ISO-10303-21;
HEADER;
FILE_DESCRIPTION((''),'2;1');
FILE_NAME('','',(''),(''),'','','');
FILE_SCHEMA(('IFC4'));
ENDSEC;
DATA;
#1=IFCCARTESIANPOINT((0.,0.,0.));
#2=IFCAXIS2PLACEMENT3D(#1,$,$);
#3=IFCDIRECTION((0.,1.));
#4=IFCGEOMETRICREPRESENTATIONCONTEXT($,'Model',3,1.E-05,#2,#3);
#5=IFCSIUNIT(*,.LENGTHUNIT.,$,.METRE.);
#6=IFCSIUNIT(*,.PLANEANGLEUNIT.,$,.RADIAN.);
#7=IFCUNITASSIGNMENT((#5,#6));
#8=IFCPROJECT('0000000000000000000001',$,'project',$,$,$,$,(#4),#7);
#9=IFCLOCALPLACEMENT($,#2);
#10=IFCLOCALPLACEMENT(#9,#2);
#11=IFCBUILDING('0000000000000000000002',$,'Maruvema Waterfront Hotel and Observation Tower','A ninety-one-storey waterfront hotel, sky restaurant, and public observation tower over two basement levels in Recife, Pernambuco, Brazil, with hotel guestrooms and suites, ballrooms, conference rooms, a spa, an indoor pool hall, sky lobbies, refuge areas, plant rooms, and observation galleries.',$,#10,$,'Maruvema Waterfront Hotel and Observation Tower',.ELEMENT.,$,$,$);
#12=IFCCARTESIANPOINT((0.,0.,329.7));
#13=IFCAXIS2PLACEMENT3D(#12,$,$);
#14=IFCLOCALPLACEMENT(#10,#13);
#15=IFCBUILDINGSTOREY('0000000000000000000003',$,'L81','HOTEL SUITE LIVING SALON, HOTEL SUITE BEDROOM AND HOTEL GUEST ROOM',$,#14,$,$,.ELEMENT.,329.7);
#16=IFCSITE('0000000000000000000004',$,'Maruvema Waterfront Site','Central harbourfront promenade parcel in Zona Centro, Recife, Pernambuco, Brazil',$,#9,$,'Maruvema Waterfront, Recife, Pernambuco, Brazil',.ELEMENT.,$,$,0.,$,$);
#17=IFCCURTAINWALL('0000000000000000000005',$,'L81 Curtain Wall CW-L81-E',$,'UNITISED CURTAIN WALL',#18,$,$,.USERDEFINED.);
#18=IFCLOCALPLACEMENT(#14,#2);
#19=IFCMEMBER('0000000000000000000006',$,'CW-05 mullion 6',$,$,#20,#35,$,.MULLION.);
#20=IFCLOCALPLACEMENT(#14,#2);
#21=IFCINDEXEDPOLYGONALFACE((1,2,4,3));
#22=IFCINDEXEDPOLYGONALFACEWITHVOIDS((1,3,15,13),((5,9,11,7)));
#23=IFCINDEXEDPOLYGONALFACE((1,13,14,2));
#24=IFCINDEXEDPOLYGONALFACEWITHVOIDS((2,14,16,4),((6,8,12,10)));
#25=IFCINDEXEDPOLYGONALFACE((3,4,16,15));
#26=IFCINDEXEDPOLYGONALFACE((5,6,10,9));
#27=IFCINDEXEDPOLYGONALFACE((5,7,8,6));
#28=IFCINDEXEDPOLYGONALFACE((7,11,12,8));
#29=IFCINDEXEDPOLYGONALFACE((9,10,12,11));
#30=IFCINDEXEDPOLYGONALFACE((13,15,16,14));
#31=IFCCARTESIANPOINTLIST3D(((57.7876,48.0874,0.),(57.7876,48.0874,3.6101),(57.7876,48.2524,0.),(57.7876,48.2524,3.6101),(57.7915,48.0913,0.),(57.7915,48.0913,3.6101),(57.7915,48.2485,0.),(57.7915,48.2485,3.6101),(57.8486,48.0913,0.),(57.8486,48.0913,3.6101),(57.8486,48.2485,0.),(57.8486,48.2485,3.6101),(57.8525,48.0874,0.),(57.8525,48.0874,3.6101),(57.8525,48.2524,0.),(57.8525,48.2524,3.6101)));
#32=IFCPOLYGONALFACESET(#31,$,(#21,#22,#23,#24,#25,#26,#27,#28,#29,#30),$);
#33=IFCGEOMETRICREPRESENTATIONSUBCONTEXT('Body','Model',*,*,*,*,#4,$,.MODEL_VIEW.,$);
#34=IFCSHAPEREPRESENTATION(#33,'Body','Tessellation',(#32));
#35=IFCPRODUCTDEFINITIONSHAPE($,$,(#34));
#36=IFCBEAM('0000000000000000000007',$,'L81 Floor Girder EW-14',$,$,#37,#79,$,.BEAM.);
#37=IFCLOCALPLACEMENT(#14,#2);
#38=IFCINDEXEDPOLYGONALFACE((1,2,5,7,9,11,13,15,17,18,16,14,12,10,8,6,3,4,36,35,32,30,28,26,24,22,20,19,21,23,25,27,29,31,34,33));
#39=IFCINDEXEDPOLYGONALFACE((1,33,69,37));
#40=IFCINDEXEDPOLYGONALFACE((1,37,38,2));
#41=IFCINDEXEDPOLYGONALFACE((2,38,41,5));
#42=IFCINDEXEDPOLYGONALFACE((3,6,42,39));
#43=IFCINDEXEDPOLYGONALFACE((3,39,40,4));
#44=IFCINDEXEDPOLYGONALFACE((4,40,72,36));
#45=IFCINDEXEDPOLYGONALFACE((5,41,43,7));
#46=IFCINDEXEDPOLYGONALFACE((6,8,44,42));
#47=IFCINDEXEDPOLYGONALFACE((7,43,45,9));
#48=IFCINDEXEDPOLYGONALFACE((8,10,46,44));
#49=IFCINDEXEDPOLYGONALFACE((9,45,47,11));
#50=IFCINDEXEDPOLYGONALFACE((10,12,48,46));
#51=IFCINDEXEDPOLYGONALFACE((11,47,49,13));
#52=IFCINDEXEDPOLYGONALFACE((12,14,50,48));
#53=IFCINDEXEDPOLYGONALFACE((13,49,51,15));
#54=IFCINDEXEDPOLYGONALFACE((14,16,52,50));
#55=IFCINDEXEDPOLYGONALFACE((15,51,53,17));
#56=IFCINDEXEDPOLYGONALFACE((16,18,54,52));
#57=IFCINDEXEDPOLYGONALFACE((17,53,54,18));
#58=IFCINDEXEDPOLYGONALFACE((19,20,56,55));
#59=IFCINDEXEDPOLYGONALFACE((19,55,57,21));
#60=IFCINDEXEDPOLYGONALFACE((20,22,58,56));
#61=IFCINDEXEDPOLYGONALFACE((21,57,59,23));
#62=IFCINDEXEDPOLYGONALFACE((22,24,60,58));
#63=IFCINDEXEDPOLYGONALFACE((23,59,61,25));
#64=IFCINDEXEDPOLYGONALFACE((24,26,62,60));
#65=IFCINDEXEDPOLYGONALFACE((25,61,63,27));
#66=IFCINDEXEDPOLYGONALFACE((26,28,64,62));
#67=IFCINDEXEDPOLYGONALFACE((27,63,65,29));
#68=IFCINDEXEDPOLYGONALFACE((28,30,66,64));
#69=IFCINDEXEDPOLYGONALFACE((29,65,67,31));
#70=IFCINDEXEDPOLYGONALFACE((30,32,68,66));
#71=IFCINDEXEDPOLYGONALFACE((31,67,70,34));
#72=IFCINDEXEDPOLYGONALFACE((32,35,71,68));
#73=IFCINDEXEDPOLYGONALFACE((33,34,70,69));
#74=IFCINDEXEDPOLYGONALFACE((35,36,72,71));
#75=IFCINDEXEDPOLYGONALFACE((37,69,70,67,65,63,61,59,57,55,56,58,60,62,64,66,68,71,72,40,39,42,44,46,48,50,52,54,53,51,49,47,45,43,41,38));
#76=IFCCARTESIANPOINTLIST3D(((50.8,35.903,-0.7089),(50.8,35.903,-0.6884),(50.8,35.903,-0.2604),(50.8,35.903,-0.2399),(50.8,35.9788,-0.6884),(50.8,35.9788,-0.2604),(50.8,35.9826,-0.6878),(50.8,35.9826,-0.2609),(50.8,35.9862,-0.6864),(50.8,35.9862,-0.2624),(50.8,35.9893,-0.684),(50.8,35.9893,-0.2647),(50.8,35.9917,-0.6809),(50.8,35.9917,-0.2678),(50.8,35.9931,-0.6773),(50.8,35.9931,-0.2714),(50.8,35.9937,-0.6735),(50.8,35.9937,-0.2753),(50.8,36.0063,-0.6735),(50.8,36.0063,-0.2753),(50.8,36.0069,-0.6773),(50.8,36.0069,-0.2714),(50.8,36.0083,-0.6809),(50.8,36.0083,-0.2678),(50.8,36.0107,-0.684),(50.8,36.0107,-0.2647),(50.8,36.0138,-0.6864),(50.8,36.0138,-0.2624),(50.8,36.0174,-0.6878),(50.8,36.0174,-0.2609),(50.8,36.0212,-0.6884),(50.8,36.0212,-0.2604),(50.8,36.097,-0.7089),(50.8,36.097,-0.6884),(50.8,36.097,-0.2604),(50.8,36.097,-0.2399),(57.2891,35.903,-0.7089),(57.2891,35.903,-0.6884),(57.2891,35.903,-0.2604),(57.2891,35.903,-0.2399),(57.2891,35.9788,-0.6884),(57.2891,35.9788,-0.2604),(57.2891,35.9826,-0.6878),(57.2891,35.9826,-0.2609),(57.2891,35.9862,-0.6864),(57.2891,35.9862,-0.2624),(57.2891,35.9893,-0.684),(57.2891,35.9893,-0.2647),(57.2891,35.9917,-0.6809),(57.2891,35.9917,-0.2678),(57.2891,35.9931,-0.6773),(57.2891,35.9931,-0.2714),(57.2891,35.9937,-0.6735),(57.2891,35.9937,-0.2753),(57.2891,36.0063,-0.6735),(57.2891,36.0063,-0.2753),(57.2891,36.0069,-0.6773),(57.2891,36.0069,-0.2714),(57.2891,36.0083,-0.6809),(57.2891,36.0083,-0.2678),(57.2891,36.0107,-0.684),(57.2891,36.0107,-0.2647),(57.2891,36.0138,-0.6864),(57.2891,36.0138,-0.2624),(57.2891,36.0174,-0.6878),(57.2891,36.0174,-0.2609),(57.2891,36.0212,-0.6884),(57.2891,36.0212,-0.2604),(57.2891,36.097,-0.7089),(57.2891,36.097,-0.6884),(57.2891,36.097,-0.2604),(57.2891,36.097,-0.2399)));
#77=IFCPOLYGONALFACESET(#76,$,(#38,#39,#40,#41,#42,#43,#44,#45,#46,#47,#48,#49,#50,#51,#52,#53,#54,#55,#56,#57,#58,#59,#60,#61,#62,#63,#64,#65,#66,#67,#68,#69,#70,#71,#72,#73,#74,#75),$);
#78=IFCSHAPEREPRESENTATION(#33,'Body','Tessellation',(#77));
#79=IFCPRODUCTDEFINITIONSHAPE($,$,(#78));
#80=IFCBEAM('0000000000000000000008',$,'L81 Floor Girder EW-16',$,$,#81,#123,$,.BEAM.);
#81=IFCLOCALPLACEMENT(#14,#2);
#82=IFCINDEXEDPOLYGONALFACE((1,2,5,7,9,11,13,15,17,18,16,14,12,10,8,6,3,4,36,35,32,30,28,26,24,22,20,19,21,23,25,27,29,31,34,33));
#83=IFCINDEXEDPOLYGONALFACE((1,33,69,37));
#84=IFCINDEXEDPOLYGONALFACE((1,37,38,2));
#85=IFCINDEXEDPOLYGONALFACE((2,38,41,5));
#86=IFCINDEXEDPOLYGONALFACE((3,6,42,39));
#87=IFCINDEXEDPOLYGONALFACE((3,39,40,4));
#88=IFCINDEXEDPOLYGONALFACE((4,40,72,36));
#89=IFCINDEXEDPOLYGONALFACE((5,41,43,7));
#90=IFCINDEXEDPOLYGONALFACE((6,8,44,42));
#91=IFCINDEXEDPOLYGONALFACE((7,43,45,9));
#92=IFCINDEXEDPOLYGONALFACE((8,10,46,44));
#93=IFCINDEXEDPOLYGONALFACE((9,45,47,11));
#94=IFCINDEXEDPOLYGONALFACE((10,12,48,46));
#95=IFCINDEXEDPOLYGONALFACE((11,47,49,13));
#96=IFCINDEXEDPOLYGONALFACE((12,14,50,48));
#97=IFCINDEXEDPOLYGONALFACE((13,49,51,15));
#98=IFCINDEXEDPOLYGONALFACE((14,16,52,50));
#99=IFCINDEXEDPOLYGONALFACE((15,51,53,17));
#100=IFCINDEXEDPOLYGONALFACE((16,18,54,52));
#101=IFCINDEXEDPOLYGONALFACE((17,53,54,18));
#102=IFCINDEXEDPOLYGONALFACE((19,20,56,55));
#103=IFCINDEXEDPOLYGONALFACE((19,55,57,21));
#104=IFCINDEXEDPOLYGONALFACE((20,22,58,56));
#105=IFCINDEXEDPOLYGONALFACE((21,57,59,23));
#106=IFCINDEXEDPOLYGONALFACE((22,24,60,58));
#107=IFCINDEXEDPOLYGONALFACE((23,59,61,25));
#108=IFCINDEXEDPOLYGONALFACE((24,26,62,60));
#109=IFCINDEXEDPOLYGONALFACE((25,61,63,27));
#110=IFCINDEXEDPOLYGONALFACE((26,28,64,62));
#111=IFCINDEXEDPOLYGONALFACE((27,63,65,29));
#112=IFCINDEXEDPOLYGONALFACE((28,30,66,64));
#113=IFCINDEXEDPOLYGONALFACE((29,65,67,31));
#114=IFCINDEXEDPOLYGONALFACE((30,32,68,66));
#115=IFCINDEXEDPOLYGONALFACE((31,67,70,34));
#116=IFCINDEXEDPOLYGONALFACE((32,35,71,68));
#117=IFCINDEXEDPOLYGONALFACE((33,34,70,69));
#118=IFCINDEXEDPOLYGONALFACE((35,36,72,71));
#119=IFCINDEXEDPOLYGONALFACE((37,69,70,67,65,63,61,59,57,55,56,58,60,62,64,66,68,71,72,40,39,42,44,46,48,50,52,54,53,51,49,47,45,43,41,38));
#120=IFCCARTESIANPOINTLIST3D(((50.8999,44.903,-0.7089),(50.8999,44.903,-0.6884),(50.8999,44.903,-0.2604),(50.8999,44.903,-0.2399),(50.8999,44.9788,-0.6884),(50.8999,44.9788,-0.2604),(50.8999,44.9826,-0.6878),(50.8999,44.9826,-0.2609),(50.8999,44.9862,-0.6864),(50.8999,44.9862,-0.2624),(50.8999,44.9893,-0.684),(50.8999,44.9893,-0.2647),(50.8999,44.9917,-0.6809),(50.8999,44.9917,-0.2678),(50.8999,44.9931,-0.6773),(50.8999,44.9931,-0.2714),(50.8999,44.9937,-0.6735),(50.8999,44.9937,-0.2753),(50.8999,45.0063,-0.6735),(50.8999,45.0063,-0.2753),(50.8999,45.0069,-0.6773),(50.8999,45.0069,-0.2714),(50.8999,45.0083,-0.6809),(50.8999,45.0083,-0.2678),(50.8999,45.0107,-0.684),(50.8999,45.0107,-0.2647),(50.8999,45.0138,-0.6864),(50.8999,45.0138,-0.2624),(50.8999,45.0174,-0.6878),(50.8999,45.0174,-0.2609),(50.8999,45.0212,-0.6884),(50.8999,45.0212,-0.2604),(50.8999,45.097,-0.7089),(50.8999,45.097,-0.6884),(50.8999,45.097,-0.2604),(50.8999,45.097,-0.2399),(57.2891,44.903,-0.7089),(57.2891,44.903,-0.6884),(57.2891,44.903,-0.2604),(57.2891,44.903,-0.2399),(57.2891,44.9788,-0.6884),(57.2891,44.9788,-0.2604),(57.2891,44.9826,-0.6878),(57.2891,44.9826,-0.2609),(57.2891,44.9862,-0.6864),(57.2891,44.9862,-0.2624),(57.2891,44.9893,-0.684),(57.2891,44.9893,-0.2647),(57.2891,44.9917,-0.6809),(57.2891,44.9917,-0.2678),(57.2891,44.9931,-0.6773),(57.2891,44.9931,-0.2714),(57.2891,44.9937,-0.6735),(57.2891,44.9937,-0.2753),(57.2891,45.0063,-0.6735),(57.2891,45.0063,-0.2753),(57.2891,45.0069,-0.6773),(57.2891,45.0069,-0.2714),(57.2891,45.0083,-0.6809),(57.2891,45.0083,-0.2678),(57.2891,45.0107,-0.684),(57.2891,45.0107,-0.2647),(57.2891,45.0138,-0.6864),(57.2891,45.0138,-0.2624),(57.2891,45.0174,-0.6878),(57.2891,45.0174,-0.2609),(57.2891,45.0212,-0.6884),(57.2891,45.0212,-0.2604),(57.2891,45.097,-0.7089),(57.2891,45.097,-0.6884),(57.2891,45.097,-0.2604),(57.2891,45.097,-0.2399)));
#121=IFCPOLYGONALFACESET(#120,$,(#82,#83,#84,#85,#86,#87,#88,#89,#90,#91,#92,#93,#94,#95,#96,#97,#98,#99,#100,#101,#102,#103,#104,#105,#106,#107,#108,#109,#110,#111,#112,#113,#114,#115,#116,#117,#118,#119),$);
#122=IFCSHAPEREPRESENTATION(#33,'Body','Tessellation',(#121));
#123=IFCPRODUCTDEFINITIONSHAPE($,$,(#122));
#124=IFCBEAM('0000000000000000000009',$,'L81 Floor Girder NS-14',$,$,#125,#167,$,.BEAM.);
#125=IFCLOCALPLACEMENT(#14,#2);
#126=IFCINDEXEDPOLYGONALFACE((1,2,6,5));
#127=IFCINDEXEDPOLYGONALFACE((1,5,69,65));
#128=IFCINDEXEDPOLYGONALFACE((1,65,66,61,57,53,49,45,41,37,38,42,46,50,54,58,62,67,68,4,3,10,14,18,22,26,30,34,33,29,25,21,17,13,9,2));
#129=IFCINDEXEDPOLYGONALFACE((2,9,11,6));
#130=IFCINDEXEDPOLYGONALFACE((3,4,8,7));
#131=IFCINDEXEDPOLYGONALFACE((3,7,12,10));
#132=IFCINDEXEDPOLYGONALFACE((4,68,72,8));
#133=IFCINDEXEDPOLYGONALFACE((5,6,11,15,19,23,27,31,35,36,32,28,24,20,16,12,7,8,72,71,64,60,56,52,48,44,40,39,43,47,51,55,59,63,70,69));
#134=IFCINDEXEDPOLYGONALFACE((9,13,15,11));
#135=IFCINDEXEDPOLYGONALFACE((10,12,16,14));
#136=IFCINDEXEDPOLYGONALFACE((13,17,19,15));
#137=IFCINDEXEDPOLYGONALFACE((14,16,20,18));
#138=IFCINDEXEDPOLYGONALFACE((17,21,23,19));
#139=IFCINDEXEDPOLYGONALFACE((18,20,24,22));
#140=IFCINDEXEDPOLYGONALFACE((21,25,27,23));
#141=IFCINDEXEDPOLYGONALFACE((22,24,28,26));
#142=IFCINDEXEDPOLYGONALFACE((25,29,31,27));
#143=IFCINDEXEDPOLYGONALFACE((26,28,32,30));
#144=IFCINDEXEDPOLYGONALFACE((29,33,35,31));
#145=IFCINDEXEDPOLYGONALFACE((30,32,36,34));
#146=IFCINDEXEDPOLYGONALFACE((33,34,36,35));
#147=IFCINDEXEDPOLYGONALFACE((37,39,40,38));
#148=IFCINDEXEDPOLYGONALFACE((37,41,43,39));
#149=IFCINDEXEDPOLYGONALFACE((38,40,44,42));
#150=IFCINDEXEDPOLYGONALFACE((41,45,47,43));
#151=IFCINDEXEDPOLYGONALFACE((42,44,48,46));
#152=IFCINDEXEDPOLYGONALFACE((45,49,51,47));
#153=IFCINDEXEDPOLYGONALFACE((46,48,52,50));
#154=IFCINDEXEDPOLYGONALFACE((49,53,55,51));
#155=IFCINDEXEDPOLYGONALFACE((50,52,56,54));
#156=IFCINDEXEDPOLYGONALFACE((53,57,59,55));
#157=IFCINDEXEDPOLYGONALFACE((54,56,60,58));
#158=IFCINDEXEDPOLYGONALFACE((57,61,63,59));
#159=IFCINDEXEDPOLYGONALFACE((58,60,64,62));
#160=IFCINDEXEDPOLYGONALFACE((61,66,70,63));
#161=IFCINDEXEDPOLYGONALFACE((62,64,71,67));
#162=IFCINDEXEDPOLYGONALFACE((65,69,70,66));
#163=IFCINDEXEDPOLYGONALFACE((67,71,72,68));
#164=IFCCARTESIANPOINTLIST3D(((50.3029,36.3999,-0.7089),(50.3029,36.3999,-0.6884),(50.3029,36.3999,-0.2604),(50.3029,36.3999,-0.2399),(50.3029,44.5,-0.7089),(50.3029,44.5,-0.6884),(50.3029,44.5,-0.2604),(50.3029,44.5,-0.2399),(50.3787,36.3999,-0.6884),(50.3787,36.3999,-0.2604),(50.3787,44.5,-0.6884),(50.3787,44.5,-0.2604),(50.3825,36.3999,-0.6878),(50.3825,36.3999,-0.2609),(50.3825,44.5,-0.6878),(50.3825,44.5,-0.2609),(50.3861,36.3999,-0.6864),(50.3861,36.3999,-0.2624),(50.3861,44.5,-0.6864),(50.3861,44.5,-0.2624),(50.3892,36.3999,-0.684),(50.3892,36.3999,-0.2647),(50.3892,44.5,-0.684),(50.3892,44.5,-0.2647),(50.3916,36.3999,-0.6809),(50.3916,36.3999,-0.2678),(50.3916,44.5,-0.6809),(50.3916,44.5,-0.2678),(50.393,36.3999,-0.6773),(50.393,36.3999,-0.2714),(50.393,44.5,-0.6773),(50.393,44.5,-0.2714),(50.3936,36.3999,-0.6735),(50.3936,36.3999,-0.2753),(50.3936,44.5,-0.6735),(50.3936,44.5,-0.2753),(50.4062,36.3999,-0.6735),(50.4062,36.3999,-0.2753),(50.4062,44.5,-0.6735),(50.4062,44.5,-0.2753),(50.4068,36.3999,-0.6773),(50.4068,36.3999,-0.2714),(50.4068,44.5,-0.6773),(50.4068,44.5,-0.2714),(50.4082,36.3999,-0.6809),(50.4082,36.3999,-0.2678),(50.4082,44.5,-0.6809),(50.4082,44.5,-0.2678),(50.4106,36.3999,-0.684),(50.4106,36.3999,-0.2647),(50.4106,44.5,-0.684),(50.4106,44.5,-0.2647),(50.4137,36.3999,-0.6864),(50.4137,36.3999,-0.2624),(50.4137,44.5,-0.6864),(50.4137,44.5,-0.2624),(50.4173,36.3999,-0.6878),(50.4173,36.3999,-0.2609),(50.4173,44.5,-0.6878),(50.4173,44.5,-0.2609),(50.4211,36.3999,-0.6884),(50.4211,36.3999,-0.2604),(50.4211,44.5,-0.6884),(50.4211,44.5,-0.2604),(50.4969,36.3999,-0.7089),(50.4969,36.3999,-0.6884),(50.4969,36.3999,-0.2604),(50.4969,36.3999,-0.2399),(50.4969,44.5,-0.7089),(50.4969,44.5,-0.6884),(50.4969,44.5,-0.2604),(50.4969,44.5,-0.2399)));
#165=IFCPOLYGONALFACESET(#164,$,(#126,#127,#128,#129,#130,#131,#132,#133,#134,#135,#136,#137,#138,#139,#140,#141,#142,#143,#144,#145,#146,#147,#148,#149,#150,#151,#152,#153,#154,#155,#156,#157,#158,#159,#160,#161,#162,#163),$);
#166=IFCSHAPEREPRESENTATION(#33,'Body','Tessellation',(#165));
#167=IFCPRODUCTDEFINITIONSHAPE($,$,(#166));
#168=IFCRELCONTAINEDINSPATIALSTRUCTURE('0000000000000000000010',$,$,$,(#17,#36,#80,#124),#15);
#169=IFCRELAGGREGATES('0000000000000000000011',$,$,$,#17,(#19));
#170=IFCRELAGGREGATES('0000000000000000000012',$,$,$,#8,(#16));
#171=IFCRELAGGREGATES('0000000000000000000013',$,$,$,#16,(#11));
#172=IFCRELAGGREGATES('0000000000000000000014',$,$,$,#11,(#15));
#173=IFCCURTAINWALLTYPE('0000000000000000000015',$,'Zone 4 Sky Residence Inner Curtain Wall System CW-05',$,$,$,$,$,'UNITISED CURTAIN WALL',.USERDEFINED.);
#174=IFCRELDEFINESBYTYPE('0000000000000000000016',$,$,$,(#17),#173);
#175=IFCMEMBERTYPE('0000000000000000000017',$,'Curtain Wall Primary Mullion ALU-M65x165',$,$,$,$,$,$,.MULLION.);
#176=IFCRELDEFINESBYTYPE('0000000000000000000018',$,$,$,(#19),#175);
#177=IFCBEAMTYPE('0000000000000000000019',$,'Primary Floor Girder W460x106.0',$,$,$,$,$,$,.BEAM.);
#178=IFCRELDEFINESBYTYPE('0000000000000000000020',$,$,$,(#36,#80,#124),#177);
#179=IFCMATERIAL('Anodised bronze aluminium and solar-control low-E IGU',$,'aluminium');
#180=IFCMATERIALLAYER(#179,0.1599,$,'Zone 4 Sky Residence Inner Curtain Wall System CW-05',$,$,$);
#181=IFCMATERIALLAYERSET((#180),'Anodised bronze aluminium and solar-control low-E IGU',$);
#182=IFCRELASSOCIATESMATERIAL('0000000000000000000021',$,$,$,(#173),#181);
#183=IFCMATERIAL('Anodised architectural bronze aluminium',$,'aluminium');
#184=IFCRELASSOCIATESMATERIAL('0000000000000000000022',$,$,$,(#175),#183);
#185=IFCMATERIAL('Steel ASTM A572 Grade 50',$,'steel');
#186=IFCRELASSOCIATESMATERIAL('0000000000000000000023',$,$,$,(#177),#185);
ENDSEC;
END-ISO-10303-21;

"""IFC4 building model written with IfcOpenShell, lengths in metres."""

from ifc_helpers import new_model, si_unit, direction, frame, origin, origin_2d, place, context, subcontext, project, spatial, hollow_rectangle, i_section, extrude, material, layer, layer_set, material_profile, profile_set, type_object, element, aggregate, save


model = new_model("IFC4")

# Units and contexts
model_context = context("Model", 3, precision=1e-05, world=origin(), true_north=direction((0.0, 1.0)))
body_context = subcontext(model_context, "Body", "Model", "MODEL_VIEW")
ifc_project = project(units=[si_unit("LENGTHUNIT", "METRE"), si_unit("PLANEANGLEUNIT", "RADIAN")], contexts=[model_context])

# Site, building, storey
site_placement = place(None, origin())
site = spatial("IfcSite", under=ifc_project, at=site_placement, Name="Maruvema Waterfront Site", Description="Central harbourfront promenade parcel in Zona Centro, Recife, Pernambuco, Brazil", LongName="Maruvema Waterfront, Recife, Pernambuco, Brazil", CompositionType="ELEMENT", RefElevation=0.0)
building_placement = place(site_placement, origin())
building = spatial("IfcBuilding", under=site, at=building_placement, Name="Maruvema Waterfront Hotel and Observation Tower", Description="A ninety-one-storey waterfront hotel, sky restaurant, and public observation tower over two basement levels in Recife, Pernambuco, Brazil, with hotel guestrooms and suites, ballrooms, conference rooms, a spa, an indoor pool hall, sky lobbies, refuge areas, plant rooms, and observation galleries.", LongName="Maruvema Waterfront Hotel and Observation Tower", CompositionType="ELEMENT")
storey_placement = place(building_placement, frame((0.0, 0.0, 329.7)))
storey = spatial("IfcBuildingStorey", under=building, at=storey_placement, Name="L81", Description="HOTEL SUITE LIVING SALON, HOTEL SUITE BEDROOM AND HOTEL GUEST ROOM", CompositionType="ELEMENT", Elevation=329.7)

# Curtain wall, member
ifc_material_1 = material(Name="Anodised bronze aluminium and solar-control low-E IGU", Category="aluminium")
ifc_layer_1 = layer(ifc_material_1, 0.1599, Name="Zone 4 Sky Residence Inner Curtain Wall System CW-05")
ifc_layer_set_1 = layer_set([ifc_layer_1], Name="Anodised bronze aluminium and solar-control low-E IGU")
curtain_wall_type = type_object("IfcCurtainWallType", Name="Zone 4 Sky Residence Inner Curtain Wall System CW-05", ElementType="UNITISED CURTAIN WALL", PredefinedType="USERDEFINED", material=ifc_layer_set_1)
curtain_wall_placement = place(storey_placement, origin())
curtain_wall = element("IfcCurtainWall", 1, at=curtain_wall_placement, inside=storey, type_object=curtain_wall_type, Name="L81 Curtain Wall CW-L81-E", ObjectType="UNITISED CURTAIN WALL", PredefinedType="USERDEFINED")
ifc_material_2 = material(Name="Anodised architectural bronze aluminium", Category="aluminium")
ifc_material_profile_1 = material_profile(ifc_material_2, hollow_rectangle(XDim=0.0649, YDim=0.165, WallThickness=0.0039, at=origin_2d()), Name="ALU-M65x165")
ifc_profile_set_1 = profile_set([ifc_material_profile_1], Name="Anodised architectural bronze aluminium")
member_type_1 = type_object("IfcMemberType", Name="Curtain Wall Primary Mullion ALU-M65x165", PredefinedType="MULLION", material=ifc_profile_set_1)
member_1_placement = place(storey_placement, frame((57.8201, 48.1699, 0.0), z_axis=(0.0, 0.0, 1.0), x_axis=(-1.0, 0.0, 0.0)))
member_1 = element("IfcMember", 2, at=member_1_placement, type_object=member_type_1, Name="CW-05 mullion 6", PredefinedType="MULLION", context=body_context, shape_type="SweptSolid", body=[
    extrude(hollow_rectangle(XDim=0.0649, YDim=0.165, WallThickness=0.0039, at=origin_2d()), origin(), (0.0, 0.0, 1.0), 3.6101),
])

# Beams
ifc_material_3 = material(Name="Steel ASTM A572 Grade 50", Category="steel")
ifc_material_profile_2 = material_profile(ifc_material_3, i_section(OverallWidth=0.1941, OverallDepth=0.469, WebThickness=0.0127, FlangeThickness=0.0205, FilletRadius=0.0149, at=origin_2d()), Name="W460x106.0")
ifc_profile_set_2 = profile_set([ifc_material_profile_2], Name="Steel ASTM A572 Grade 50")
beam_type_1 = type_object("IfcBeamType", Name="Primary Floor Girder W460x106.0", PredefinedType="BEAM", material=ifc_profile_set_2)
beam_1_placement = place(storey_placement, frame((50.8, 36.0, -0.4744), z_axis=(1.0, 0.0, 0.0), x_axis=(0.0, 1.0, 0.0)))
element("IfcBeam", 3, at=beam_1_placement, inside=storey, type_object=beam_type_1, Name="L81 Floor Girder EW-14", PredefinedType="BEAM", context=body_context, shape_type="SweptSolid", body=[
    extrude(i_section(OverallWidth=0.1941, OverallDepth=0.469, WebThickness=0.0127, FlangeThickness=0.0205, FilletRadius=0.0149, at=origin_2d()), origin(), (0.0, 0.0, 1.0), 6.489),
])
beam_2_placement = place(storey_placement, frame((50.8999, 45.0, -0.4744), z_axis=(1.0, 0.0, 0.0), x_axis=(0.0, 1.0, 0.0)))
element("IfcBeam", 4, at=beam_2_placement, inside=storey, type_object=beam_type_1, Name="L81 Floor Girder EW-16", PredefinedType="BEAM", context=body_context, shape_type="SweptSolid", body=[
    extrude(i_section(OverallWidth=0.1941, OverallDepth=0.469, WebThickness=0.0127, FlangeThickness=0.0205, FilletRadius=0.0149, at=origin_2d()), origin(), (0.0, 0.0, 1.0), 6.3892),
])
beam_3_placement = place(storey_placement, frame((50.3999, 36.3999, -0.4744), z_axis=(0.0, 1.0, 0.0), x_axis=(-1.0, 0.0, 0.0)))
element("IfcBeam", 5, at=beam_3_placement, inside=storey, type_object=beam_type_1, Name="L81 Floor Girder NS-14", PredefinedType="BEAM", context=body_context, shape_type="SweptSolid", body=[
    extrude(i_section(OverallWidth=0.1941, OverallDepth=0.469, WebThickness=0.0127, FlangeThickness=0.0205, FilletRadius=0.0149, at=origin_2d()), origin(), (0.0, 0.0, 1.0), 8.1001),
])

aggregate(curtain_wall, [member_1])

save(model, "model.ifc")
